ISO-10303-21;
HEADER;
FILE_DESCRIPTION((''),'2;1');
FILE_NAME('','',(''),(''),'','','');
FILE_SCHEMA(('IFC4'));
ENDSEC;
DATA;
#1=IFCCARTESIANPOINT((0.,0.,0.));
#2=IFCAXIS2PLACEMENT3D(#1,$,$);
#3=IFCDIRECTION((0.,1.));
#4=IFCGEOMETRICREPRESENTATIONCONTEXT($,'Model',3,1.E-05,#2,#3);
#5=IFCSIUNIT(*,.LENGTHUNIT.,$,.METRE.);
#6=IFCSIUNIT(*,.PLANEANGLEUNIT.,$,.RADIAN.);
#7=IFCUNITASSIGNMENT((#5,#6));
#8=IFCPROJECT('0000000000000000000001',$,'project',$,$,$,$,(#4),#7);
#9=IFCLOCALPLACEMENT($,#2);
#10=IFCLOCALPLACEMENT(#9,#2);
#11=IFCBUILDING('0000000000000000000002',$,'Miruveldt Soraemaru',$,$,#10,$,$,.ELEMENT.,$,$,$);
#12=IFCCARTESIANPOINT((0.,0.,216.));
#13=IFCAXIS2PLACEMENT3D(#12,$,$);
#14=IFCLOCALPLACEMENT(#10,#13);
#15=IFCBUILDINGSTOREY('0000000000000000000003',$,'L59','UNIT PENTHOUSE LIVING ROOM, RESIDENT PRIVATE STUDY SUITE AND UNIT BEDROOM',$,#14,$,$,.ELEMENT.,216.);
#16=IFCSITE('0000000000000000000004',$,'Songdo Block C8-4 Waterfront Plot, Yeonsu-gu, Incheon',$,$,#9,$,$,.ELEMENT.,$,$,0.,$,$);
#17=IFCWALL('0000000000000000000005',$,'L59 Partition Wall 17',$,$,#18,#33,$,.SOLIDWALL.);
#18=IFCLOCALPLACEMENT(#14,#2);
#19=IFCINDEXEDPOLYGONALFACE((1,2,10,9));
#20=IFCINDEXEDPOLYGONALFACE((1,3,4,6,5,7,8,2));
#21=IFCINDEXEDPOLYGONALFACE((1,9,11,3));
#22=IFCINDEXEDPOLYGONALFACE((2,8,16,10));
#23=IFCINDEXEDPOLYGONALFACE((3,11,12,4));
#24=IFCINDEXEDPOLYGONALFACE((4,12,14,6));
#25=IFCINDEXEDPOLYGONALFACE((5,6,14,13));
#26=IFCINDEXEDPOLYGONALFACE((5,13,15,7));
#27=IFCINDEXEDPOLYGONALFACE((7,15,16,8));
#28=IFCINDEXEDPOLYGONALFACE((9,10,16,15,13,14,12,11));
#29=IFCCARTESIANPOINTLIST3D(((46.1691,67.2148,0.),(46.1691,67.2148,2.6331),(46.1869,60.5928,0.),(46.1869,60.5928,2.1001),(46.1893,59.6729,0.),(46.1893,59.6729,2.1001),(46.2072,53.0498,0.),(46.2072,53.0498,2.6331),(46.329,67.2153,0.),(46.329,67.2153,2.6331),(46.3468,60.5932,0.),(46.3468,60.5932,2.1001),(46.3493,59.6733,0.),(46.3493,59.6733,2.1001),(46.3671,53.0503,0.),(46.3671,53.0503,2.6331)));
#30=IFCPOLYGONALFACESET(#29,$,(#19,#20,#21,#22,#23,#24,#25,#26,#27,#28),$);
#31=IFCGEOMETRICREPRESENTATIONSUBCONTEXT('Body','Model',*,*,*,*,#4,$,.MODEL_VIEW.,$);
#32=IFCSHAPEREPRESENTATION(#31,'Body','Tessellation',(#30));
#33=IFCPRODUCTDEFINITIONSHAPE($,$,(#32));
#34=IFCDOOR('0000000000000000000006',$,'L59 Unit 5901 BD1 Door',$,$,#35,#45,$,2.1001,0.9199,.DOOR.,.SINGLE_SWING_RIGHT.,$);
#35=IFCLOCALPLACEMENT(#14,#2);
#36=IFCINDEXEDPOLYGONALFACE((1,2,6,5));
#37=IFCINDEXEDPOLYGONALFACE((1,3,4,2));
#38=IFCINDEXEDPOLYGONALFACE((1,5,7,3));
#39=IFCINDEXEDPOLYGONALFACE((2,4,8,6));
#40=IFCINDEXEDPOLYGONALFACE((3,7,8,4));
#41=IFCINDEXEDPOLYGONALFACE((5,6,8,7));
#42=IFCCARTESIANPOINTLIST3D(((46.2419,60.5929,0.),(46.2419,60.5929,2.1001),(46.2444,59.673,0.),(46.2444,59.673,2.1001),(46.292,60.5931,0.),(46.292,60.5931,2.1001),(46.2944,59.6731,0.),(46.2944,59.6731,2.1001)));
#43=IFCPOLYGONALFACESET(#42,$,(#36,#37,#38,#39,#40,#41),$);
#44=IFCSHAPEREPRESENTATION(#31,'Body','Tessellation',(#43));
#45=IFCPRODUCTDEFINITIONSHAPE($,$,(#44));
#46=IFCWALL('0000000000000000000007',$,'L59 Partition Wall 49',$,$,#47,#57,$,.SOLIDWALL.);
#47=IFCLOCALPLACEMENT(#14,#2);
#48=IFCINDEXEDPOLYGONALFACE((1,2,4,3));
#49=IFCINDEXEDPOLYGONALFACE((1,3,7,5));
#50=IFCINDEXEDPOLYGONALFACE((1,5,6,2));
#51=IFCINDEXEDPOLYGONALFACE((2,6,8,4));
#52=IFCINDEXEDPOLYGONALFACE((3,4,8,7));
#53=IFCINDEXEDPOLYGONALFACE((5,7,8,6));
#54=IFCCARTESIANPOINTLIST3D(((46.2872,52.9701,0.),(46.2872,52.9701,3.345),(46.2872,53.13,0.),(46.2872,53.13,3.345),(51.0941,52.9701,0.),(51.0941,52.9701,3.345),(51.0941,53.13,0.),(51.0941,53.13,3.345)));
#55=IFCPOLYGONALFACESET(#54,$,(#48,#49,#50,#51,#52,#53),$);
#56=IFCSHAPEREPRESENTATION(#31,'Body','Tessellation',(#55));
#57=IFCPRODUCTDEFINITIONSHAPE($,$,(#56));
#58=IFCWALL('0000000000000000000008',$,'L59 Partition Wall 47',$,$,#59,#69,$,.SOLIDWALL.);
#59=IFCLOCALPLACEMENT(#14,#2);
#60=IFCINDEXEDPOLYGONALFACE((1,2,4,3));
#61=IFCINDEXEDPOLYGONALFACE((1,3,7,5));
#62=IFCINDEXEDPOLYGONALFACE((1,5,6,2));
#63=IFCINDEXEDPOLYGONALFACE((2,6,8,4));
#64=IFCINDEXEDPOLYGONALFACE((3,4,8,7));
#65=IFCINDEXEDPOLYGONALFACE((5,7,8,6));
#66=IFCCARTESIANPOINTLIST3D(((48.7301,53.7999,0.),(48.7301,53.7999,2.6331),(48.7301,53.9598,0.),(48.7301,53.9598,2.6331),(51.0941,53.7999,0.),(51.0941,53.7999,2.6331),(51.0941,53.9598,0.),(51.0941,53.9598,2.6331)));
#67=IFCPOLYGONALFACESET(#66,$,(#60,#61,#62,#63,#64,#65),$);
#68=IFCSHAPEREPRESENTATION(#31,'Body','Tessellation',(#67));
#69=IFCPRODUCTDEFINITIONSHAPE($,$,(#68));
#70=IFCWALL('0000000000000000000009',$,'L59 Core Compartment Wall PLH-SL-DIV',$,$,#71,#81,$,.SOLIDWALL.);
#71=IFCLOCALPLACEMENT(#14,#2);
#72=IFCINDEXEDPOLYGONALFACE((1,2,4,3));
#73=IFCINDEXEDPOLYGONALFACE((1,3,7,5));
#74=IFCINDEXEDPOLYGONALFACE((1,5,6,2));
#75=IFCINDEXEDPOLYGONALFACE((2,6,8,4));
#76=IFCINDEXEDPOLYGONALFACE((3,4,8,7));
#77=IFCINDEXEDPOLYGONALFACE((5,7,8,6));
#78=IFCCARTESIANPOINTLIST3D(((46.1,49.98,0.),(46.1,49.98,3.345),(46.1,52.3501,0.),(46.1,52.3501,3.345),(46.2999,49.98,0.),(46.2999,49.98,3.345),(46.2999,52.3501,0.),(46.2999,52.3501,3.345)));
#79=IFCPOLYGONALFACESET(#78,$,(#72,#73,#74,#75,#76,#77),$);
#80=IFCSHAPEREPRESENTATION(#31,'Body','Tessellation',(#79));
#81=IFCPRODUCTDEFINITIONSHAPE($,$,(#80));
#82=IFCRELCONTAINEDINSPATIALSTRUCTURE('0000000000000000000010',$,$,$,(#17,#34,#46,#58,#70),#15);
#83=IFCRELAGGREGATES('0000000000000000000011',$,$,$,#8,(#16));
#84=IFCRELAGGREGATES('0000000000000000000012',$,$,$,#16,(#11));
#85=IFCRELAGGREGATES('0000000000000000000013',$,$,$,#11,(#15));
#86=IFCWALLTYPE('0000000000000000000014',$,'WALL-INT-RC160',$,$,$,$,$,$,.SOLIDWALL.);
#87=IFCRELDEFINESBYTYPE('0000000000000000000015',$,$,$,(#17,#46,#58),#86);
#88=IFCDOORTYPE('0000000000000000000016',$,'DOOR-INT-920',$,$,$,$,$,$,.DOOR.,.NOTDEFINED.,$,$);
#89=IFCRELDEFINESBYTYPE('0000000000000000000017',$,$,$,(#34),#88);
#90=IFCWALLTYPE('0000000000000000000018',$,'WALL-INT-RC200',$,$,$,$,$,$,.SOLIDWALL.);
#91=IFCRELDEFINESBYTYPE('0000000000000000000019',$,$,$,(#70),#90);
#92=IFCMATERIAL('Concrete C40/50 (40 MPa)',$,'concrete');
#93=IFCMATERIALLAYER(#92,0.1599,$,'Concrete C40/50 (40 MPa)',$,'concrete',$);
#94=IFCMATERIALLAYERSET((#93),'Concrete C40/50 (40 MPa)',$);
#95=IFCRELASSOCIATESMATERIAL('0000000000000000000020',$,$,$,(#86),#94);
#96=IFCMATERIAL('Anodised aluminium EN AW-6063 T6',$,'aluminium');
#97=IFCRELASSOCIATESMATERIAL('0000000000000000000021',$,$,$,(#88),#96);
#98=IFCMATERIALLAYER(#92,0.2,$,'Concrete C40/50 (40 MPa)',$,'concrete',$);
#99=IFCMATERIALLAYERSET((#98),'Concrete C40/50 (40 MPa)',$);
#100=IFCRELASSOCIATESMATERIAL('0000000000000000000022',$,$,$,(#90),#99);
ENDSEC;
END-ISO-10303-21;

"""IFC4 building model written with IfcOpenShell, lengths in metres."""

from ifc_helpers import new_model, si_unit, direction, frame, frame_2d, origin, place, context, subcontext, project, spatial, rectangle, extrude, material, layer, layer_set, type_object, element, fill, save


model = new_model("IFC4")

# Units and contexts
model_context = context("Model", 3, precision=1e-05, world=origin(), true_north=direction((0.0, 1.0)))
body_context = subcontext(model_context, "Body", "Model", "MODEL_VIEW")
ifc_project = project(units=[si_unit("LENGTHUNIT", "METRE"), si_unit("PLANEANGLEUNIT", "RADIAN")], contexts=[model_context])

# Site, building, storey
site_placement = place(None, origin())
site = spatial("IfcSite", under=ifc_project, at=site_placement, Name="Songdo Block C8-4 Waterfront Plot, Yeonsu-gu, Incheon", CompositionType="ELEMENT", RefElevation=0.0)
building_placement = place(site_placement, origin())
building = spatial("IfcBuilding", under=site, at=building_placement, Name="Miruveldt Soraemaru", CompositionType="ELEMENT")
storey_placement = place(building_placement, frame((0.0, 0.0, 216.0)))
storey = spatial("IfcBuildingStorey", under=building, at=storey_placement, Name="L59", Description="UNIT PENTHOUSE LIVING ROOM, RESIDENT PRIVATE STUDY SUITE AND UNIT BEDROOM", CompositionType="ELEMENT", Elevation=216.0)

# Shared definitions
ifc_material_1 = material(Name="Anodised aluminium EN AW-6063 T6", Category="aluminium")

# Wall, opening, door
ifc_material_2 = material(Name="Concrete C40/50 (40 MPa)", Category="concrete")
ifc_layer_1 = layer(ifc_material_2, 0.1599, Name="Concrete C40/50 (40 MPa)", Category="concrete")
ifc_layer_set_1 = layer_set([ifc_layer_1], Name="Concrete C40/50 (40 MPa)")
wall_type_1 = type_object("IfcWallType", Name="WALL-INT-RC160", PredefinedType="SOLIDWALL", material=ifc_layer_set_1)
wall_1_placement = place(storey_placement, frame((46.2871, 53.05, 0.0), z_axis=(0.0, 0.0, 1.0), x_axis=(-0.002689, 0.999996, 0.0)))
wall_1 = element("IfcWall", 1, at=wall_1_placement, inside=storey, type_object=wall_type_1, Name="L59 Partition Wall 17", PredefinedType="SOLIDWALL", context=body_context, shape_type="SweptSolid", body=[
    extrude(rectangle(XDim=14.165, YDim=0.1599, at=frame_2d((7.0825, 0.0))), origin(), (0.0, 0.0, 1.0), 2.6331),
])
opening_1_placement = place(wall_1_placement, frame((6.623, 0.0, 0.0)))
opening_1 = element("IfcOpeningElement", 2, at=opening_1_placement, cuts=wall_1, PredefinedType="OPENING", context=body_context, shape_type="SweptSolid", body=[
    extrude(rectangle(XDim=0.9199, YDim=2.1001, at=frame_2d((0.46, 1.05))), frame((0.0, 0.0898, 0.0), z_axis=(0.0, -1.0, 0.0), x_axis=(1.0, 0.0, 0.0)), (0.0, 0.0, 1.0), 0.1799),
])
door_type_1 = type_object("IfcDoorType", Name="DOOR-INT-920", OperationType="NOTDEFINED", PredefinedType="DOOR", material=ifc_material_1)
door_1_placement = place(opening_1_placement, origin())
door_1 = element("IfcDoor", 3, at=door_1_placement, inside=storey, type_object=door_type_1, Name="L59 Unit 5901 BD1 Door", OperationType="SINGLE_SWING_RIGHT", OverallHeight=2.1001, OverallWidth=0.9199, PredefinedType="DOOR", context=body_context, shape_type="SweptSolid", body=[
    extrude(rectangle(XDim=0.9199, YDim=2.1001, at=frame_2d((0.46, 1.05))), frame((0.0, 0.0249, 0.0), z_axis=(0.0, -1.0, 0.0), x_axis=(1.0, 0.0, 0.0)), (0.0, 0.0, 1.0), 0.05),
])
fill(opening_1, door_1)

# Walls
wall_2_placement = place(storey_placement, frame((51.094, 53.05, 0.0), z_axis=(0.0, 0.0, 1.0), x_axis=(-1.0, 0.0, 0.0)))
element("IfcWall", 4, at=wall_2_placement, inside=storey, type_object=wall_type_1, Name="L59 Partition Wall 49", PredefinedType="SOLIDWALL", context=body_context, shape_type="SweptSolid", body=[
    extrude(rectangle(XDim=4.8069, YDim=0.1599, at=frame_2d((2.4033, 0.0))), origin(), (0.0, 0.0, 1.0), 3.345),
])
wall_3_placement = place(storey_placement, frame((48.73, 53.8799, 0.0), z_axis=(0.0, 0.0, 1.0), x_axis=(1.0, 0.0, 0.0)))
element("IfcWall", 5, at=wall_3_placement, inside=storey, type_object=wall_type_1, Name="L59 Partition Wall 47", PredefinedType="SOLIDWALL", context=body_context, shape_type="SweptSolid", body=[
    extrude(rectangle(XDim=2.364, YDim=0.1599, at=frame_2d((1.1821, 0.0))), origin(), (0.0, 0.0, 1.0), 2.6331),
])

# Shared definitions
ifc_layer_2 = layer(ifc_material_2, 0.2, Name="Concrete C40/50 (40 MPa)", Category="concrete")
ifc_layer_set_2 = layer_set([ifc_layer_2], Name="Concrete C40/50 (40 MPa)")
wall_type_2 = type_object("IfcWallType", Name="WALL-INT-RC200", PredefinedType="SOLIDWALL", material=ifc_layer_set_2)

# Wall
wall_4_placement = place(storey_placement, frame((46.2, 49.98, 0.0), z_axis=(0.0, 0.0, 1.0), x_axis=(0.0, 1.0, 0.0)))
element("IfcWall", 6, at=wall_4_placement, inside=storey, type_object=wall_type_2, Name="L59 Core Compartment Wall PLH-SL-DIV", PredefinedType="SOLIDWALL", context=body_context, shape_type="SweptSolid", body=[
    extrude(rectangle(XDim=2.3701, YDim=0.2, at=frame_2d((1.1851, 0.0))), origin(), (0.0, 0.0, 1.0), 3.345),
])

save(model, "model.ifc")
